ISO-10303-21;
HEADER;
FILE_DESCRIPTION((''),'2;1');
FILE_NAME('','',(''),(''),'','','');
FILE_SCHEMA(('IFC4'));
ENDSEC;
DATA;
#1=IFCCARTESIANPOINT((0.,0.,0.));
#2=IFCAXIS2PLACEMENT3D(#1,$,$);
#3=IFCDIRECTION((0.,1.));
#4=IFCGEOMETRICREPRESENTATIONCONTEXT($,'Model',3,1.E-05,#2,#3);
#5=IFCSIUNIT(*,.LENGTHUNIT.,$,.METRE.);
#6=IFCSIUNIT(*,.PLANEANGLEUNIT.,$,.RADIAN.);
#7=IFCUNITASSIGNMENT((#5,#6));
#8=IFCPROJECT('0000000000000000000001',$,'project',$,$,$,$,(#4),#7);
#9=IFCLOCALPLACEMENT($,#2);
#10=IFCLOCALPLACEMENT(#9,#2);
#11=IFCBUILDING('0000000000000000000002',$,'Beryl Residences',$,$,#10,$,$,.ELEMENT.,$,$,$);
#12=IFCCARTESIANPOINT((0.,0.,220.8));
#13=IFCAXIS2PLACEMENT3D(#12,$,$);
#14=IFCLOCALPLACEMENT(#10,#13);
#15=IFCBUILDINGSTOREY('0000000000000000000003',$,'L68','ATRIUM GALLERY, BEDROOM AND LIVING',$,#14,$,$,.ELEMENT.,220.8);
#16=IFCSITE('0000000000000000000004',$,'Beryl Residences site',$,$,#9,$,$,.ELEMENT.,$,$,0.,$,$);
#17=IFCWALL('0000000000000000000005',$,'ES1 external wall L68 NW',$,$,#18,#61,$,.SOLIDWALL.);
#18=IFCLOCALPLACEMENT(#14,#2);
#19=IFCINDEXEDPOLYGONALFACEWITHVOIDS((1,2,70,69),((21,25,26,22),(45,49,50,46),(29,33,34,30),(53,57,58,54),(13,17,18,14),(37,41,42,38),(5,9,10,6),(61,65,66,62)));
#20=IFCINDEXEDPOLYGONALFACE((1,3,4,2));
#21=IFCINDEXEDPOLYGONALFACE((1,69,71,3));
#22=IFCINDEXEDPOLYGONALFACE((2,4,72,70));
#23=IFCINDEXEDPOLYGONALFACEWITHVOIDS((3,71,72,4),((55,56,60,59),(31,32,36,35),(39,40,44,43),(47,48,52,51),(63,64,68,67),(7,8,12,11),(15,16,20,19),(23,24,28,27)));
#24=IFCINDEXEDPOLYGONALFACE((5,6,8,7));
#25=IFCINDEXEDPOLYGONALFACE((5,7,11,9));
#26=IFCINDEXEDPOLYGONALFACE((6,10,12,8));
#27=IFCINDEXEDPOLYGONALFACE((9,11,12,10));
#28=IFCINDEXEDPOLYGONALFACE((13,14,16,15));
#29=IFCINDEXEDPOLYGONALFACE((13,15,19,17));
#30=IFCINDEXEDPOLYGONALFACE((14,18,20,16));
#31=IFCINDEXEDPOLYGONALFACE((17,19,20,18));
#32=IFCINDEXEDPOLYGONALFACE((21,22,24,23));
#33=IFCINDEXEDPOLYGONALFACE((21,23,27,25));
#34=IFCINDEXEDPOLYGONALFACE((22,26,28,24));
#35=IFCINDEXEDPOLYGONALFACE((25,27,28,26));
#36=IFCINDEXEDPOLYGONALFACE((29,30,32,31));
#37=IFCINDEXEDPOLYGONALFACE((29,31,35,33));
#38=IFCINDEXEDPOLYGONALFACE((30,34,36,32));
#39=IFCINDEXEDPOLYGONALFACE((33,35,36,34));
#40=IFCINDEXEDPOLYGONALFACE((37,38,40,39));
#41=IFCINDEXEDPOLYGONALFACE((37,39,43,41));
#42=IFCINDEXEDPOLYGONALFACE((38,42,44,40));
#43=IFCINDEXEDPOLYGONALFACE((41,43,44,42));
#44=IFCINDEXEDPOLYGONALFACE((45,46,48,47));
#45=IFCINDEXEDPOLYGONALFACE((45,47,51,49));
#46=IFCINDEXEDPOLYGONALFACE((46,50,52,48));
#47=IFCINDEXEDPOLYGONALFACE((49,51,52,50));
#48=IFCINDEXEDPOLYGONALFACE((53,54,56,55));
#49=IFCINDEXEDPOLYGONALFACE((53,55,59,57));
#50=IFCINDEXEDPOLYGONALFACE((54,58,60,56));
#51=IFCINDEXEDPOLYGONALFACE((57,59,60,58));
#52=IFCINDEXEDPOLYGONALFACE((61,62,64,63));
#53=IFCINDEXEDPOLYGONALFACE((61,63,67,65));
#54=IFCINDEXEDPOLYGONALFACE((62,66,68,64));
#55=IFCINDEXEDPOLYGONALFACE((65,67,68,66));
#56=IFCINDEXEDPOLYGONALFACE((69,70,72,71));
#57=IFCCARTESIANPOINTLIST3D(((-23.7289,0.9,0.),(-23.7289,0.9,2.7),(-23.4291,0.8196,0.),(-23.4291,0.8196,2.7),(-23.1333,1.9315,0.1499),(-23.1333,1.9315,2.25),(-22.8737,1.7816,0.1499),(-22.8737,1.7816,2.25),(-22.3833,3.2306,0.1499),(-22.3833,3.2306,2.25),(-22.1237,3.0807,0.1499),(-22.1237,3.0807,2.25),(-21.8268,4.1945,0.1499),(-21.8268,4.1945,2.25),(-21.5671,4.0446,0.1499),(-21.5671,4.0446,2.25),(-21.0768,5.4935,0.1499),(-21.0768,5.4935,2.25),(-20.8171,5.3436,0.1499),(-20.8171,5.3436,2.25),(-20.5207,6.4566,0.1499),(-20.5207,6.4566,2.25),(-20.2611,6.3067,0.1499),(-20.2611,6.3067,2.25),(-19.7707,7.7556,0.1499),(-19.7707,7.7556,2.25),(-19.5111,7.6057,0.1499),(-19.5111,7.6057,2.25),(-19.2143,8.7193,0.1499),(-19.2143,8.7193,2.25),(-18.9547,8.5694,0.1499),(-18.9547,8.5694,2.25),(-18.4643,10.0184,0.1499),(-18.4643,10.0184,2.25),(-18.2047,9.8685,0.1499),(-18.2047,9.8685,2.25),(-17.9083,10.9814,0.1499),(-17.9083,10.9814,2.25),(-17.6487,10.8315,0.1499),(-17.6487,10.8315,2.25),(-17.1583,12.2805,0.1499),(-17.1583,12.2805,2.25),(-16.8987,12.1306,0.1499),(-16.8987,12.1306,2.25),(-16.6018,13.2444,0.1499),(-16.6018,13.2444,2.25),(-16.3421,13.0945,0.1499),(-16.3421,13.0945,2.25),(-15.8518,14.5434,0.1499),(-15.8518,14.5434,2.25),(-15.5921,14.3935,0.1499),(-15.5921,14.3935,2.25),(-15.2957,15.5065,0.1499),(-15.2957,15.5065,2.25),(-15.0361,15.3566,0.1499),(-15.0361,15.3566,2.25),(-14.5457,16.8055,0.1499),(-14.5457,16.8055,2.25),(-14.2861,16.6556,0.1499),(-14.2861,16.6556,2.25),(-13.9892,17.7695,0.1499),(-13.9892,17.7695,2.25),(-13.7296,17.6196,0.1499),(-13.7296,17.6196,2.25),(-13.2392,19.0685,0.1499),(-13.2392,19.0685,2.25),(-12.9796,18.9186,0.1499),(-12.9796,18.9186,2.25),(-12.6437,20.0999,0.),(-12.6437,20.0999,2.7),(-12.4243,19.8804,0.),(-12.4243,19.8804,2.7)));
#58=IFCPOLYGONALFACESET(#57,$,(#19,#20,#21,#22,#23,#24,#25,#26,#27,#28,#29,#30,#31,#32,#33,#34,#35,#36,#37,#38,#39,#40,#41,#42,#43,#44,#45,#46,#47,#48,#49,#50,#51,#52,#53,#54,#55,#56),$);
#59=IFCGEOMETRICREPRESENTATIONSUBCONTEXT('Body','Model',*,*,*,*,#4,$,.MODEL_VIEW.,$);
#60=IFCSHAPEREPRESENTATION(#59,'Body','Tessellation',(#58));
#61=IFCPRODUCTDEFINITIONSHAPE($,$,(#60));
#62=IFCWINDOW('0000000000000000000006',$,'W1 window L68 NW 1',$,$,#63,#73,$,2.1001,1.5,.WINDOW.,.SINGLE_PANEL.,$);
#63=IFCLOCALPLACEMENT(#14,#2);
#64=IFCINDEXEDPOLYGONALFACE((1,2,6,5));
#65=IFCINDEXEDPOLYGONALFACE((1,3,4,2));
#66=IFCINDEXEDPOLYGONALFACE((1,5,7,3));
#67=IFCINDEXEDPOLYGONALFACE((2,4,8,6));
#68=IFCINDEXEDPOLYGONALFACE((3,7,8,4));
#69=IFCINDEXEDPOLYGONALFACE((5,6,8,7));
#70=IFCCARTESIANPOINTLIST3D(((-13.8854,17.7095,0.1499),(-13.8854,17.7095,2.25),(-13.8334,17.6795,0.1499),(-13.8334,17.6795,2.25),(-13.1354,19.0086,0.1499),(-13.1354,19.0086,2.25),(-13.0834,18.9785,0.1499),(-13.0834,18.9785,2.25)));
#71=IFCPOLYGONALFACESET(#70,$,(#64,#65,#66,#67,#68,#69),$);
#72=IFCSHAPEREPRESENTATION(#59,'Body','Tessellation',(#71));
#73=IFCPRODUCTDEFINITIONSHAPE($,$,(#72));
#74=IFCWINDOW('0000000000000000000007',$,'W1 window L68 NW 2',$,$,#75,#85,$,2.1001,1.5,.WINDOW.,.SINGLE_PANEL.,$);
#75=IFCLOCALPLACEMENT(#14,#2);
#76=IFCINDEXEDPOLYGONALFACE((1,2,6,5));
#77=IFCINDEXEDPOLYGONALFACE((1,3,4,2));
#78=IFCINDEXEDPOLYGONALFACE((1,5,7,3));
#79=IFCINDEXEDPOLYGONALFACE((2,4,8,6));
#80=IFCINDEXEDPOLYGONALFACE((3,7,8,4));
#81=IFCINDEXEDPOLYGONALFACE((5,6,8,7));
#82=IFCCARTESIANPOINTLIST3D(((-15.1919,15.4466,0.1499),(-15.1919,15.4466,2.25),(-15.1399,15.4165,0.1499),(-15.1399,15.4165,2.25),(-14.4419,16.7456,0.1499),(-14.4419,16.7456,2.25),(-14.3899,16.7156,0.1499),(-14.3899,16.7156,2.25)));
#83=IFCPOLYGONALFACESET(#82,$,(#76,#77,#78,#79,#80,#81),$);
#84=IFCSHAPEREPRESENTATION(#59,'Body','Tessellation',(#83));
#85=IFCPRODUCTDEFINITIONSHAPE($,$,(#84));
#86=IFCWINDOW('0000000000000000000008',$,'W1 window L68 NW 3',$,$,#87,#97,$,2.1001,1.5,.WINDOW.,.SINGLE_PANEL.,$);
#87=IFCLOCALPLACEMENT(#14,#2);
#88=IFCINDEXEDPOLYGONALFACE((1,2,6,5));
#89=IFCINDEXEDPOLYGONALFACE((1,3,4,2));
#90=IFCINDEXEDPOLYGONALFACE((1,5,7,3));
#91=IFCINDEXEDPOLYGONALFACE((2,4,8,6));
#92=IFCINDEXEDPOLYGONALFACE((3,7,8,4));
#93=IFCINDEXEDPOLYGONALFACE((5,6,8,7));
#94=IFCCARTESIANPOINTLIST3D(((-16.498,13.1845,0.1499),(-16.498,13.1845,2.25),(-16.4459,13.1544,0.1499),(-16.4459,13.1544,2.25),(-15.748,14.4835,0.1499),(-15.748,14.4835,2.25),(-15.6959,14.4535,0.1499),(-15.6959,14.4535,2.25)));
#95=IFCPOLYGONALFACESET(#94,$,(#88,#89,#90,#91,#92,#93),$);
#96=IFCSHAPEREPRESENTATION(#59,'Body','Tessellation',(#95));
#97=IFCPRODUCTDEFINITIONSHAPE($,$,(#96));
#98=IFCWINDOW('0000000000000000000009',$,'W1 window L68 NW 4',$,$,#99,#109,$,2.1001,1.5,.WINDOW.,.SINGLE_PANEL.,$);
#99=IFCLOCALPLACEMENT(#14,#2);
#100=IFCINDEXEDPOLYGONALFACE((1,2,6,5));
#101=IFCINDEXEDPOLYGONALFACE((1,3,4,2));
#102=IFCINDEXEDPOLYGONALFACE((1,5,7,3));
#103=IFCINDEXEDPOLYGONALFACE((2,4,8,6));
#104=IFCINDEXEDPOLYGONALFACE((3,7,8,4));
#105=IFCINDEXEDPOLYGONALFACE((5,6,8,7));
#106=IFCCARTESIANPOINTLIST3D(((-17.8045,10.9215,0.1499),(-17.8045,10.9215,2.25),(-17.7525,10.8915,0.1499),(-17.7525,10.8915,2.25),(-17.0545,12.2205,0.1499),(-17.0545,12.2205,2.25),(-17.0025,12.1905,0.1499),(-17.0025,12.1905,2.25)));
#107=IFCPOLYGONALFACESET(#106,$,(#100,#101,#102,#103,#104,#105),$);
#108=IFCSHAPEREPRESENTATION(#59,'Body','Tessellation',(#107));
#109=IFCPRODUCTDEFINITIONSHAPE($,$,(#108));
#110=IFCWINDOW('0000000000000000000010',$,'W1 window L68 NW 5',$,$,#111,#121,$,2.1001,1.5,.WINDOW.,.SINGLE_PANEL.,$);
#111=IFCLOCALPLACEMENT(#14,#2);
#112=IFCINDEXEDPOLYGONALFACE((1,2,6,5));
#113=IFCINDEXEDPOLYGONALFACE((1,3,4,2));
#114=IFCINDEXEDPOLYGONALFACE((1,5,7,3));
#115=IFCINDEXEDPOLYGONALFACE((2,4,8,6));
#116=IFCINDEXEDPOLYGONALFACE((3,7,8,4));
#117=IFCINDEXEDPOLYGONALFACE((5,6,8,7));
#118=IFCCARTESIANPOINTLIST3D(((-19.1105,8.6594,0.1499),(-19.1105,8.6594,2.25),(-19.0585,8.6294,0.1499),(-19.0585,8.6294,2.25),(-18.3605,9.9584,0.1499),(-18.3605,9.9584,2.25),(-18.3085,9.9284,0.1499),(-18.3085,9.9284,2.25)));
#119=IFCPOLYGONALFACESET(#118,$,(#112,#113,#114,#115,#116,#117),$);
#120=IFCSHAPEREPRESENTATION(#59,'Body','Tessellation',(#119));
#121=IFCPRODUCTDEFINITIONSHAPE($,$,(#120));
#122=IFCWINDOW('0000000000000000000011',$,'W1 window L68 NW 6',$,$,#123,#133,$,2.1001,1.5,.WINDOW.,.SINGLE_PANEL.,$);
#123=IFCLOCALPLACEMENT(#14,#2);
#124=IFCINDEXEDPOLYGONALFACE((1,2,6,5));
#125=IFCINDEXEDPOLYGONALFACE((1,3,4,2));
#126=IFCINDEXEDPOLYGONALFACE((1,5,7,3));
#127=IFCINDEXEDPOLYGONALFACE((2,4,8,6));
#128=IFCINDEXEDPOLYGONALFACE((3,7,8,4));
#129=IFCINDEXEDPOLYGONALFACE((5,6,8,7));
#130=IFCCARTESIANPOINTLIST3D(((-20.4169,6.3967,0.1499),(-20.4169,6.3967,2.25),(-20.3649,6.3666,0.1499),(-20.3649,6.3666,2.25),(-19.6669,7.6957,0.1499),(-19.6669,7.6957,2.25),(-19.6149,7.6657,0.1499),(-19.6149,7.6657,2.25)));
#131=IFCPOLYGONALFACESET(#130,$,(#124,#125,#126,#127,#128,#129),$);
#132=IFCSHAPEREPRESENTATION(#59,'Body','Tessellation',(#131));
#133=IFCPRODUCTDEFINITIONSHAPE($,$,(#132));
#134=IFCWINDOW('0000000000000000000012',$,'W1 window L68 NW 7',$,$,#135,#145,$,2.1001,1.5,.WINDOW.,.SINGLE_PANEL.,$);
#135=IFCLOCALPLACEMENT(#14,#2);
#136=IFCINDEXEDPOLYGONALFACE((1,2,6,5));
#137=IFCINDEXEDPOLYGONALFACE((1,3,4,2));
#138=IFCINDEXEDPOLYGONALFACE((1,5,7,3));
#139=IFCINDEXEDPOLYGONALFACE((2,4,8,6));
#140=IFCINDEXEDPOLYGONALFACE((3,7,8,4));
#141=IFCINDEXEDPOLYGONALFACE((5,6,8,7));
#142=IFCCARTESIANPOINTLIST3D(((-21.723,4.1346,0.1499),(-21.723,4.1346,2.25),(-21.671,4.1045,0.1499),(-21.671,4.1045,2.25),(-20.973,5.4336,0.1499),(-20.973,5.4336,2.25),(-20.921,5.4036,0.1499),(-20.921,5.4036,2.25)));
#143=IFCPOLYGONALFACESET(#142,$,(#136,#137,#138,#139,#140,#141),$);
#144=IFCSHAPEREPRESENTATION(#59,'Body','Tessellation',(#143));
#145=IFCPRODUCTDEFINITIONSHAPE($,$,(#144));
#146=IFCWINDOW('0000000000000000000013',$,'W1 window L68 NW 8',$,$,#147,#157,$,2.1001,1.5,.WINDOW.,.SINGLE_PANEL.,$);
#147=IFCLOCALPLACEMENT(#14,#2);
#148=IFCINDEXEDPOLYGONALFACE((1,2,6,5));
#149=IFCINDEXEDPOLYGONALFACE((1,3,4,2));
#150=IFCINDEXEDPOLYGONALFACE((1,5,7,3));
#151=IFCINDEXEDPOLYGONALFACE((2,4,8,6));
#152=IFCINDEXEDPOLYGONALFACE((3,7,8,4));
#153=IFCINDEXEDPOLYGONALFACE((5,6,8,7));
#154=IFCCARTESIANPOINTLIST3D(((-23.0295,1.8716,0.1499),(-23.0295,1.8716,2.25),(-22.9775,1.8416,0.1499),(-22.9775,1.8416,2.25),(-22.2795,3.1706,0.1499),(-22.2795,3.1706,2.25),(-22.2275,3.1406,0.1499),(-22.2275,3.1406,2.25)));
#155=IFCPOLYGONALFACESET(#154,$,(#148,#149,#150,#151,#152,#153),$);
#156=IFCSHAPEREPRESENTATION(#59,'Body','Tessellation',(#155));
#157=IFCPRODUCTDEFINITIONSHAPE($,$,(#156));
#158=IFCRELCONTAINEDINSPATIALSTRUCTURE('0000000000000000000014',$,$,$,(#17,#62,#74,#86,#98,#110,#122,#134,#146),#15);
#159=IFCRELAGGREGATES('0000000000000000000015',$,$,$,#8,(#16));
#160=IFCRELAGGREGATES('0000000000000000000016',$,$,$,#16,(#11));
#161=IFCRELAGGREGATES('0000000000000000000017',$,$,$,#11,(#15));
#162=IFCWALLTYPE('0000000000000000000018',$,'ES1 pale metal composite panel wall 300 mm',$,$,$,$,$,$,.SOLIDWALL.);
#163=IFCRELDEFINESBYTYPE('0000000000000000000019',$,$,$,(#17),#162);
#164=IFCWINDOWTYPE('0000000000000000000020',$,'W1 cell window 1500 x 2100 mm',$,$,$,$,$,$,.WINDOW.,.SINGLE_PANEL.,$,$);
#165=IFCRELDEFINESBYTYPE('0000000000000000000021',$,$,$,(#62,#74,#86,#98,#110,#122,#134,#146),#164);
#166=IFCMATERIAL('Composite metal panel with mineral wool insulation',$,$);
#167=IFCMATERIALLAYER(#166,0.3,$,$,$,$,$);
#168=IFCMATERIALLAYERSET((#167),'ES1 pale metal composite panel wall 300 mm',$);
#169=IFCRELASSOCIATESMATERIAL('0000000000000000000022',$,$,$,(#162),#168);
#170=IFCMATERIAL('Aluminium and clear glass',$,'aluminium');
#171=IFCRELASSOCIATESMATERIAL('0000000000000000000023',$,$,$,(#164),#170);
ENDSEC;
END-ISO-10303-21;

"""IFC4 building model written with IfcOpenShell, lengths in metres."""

from ifc_helpers import new_model, si_unit, direction, frame, frame_2d, origin, place, context, subcontext, project, spatial, polyline, rectangle, outline, extrude, material, layer, layer_set, type_object, element, fill, save


model = new_model("IFC4")

# Units and contexts
model_context = context("Model", 3, precision=1e-05, world=origin(), true_north=direction((0.0, 1.0)))
body_context = subcontext(model_context, "Body", "Model", "MODEL_VIEW")
ifc_project = project(units=[si_unit("LENGTHUNIT", "METRE"), si_unit("PLANEANGLEUNIT", "RADIAN")], contexts=[model_context])

# Site, building, storey
site_placement = place(None, origin())
site = spatial("IfcSite", under=ifc_project, at=site_placement, Name="Beryl Residences site", CompositionType="ELEMENT", RefElevation=0.0)
building_placement = place(site_placement, origin())
building = spatial("IfcBuilding", under=site, at=building_placement, Name="Beryl Residences", CompositionType="ELEMENT")
storey_placement = place(building_placement, frame((0.0, 0.0, 220.8)))
storey = spatial("IfcBuildingStorey", under=building, at=storey_placement, Name="L68", Description="ATRIUM GALLERY, BEDROOM AND LIVING", CompositionType="ELEMENT", Elevation=220.8)

# Wall, openings, windows
ifc_material_1 = material(Name="Composite metal panel with mineral wool insulation")
ifc_layer_1 = layer(ifc_material_1, 0.3)
ifc_layer_set_1 = layer_set([ifc_layer_1], Name="ES1 pale metal composite panel wall 300 mm")
wall_type_1 = type_object("IfcWallType", Name="ES1 pale metal composite panel wall 300 mm", PredefinedType="SOLIDWALL", material=ifc_layer_set_1)
wall_1_placement = place(storey_placement, frame((-12.5139, 20.0249, 0.0), z_axis=(0.0, 0.0, 1.0), x_axis=(-0.500004, -0.866023, 0.0)))
wall_1 = element("IfcWall", 1, at=wall_1_placement, inside=storey, type_object=wall_type_1, Name="ES1 external wall L68 NW", PredefinedType="SOLIDWALL", context=body_context, shape_type="SweptSolid", body=[
    extrude(outline(polyline([(0.0, -0.1499), (22.1702, -0.1499), (22.0898, 0.1499), (0.0803, 0.1499), (0.0, -0.1499)])), origin(), (0.0, 0.0, 1.0), 2.7),
])
opening_1_placement = place(wall_1_placement, frame((1.1909, 0.0, 0.1499)))
opening_1 = element("IfcOpeningElement", 2, at=opening_1_placement, cuts=wall_1, PredefinedType="OPENING", context=body_context, shape_type="SweptSolid", body=[
    extrude(rectangle(XDim=1.5, YDim=2.1001, at=frame_2d((0.75, 1.05))), frame((0.0, 0.1599, 0.0), z_axis=(0.0, -1.0, 0.0), x_axis=(1.0, 0.0, 0.0)), (0.0, 0.0, 1.0), 0.3201),
])
opening_2_placement = place(wall_1_placement, frame((3.804, 0.0, 0.1499)))
opening_2 = element("IfcOpeningElement", 3, at=opening_2_placement, cuts=wall_1, PredefinedType="OPENING", context=body_context, shape_type="SweptSolid", body=[
    extrude(rectangle(XDim=1.5, YDim=2.1001, at=frame_2d((0.75, 1.05))), frame((0.0, 0.1599, 0.0), z_axis=(0.0, -1.0, 0.0), x_axis=(1.0, 0.0, 0.0)), (0.0, 0.0, 1.0), 0.3201),
])
opening_3_placement = place(wall_1_placement, frame((6.416, 0.0, 0.1499)))
opening_3 = element("IfcOpeningElement", 4, at=opening_3_placement, cuts=wall_1, PredefinedType="OPENING", context=body_context, shape_type="SweptSolid", body=[
    extrude(rectangle(XDim=1.5, YDim=2.1001, at=frame_2d((0.75, 1.05))), frame((0.0, 0.1599, 0.0), z_axis=(0.0, -1.0, 0.0), x_axis=(1.0, 0.0, 0.0)), (0.0, 0.0, 1.0), 0.3201),
])
opening_4_placement = place(wall_1_placement, frame((9.0291, 0.0, 0.1499)))
opening_4 = element("IfcOpeningElement", 5, at=opening_4_placement, cuts=wall_1, PredefinedType="OPENING", context=body_context, shape_type="SweptSolid", body=[
    extrude(rectangle(XDim=1.5, YDim=2.1001, at=frame_2d((0.75, 1.05))), frame((0.0, 0.1599, 0.0), z_axis=(0.0, -1.0, 0.0), x_axis=(1.0, 0.0, 0.0)), (0.0, 0.0, 1.0), 0.3201),
])
opening_5_placement = place(wall_1_placement, frame((11.6411, 0.0, 0.1499)))
opening_5 = element("IfcOpeningElement", 6, at=opening_5_placement, cuts=wall_1, PredefinedType="OPENING", context=body_context, shape_type="SweptSolid", body=[
    extrude(rectangle(XDim=1.5, YDim=2.1001, at=frame_2d((0.75, 1.05))), frame((0.0, 0.1599, 0.0), z_axis=(0.0, -1.0, 0.0), x_axis=(1.0, 0.0, 0.0)), (0.0, 0.0, 1.0), 0.3201),
])
opening_6_placement = place(wall_1_placement, frame((14.2539, 0.0, 0.1499)))
opening_6 = element("IfcOpeningElement", 7, at=opening_6_placement, cuts=wall_1, PredefinedType="OPENING", context=body_context, shape_type="SweptSolid", body=[
    extrude(rectangle(XDim=1.5, YDim=2.1001, at=frame_2d((0.75, 1.05))), frame((0.0, 0.1599, 0.0), z_axis=(0.0, -1.0, 0.0), x_axis=(1.0, 0.0, 0.0)), (0.0, 0.0, 1.0), 0.3201),
])
opening_7_placement = place(wall_1_placement, frame((16.866, 0.0, 0.1499)))
opening_7 = element("IfcOpeningElement", 8, at=opening_7_placement, cuts=wall_1, PredefinedType="OPENING", context=body_context, shape_type="SweptSolid", body=[
    extrude(rectangle(XDim=1.5, YDim=2.1001, at=frame_2d((0.75, 1.05))), frame((0.0, 0.1599, 0.0), z_axis=(0.0, -1.0, 0.0), x_axis=(1.0, 0.0, 0.0)), (0.0, 0.0, 1.0), 0.3201),
])
opening_8_placement = place(wall_1_placement, frame((19.479, 0.0, 0.1499)))
opening_8 = element("IfcOpeningElement", 9, at=opening_8_placement, cuts=wall_1, PredefinedType="OPENING", context=body_context, shape_type="SweptSolid", body=[
    extrude(rectangle(XDim=1.5, YDim=2.1001, at=frame_2d((0.75, 1.05))), frame((0.0, 0.1599, 0.0), z_axis=(0.0, -1.0, 0.0), x_axis=(1.0, 0.0, 0.0)), (0.0, 0.0, 1.0), 0.3201),
])
ifc_material_2 = material(Name="Aluminium and clear glass", Category="aluminium")
window_type = type_object("IfcWindowType", Name="W1 cell window 1500 x 2100 mm", PartitioningType="SINGLE_PANEL", PredefinedType="WINDOW", material=ifc_material_2)
window_1_placement = place(opening_1_placement, origin())
window_1 = element("IfcWindow", 10, at=window_1_placement, inside=storey, type_object=window_type, Name="W1 window L68 NW 1", OverallHeight=2.1001, OverallWidth=1.5, PartitioningType="SINGLE_PANEL", PredefinedType="WINDOW", context=body_context, shape_type="SweptSolid", body=[
    extrude(rectangle(XDim=1.5, YDim=2.1001, at=frame_2d((0.75, 1.05))), frame((0.0, 0.03, 0.0), z_axis=(0.0, -1.0, 0.0), x_axis=(1.0, 0.0, 0.0)), (0.0, 0.0, 1.0), 0.0601),
])
fill(opening_1, window_1)
window_2_placement = place(opening_2_placement, origin())
window_2 = element("IfcWindow", 11, at=window_2_placement, inside=storey, type_object=window_type, Name="W1 window L68 NW 2", OverallHeight=2.1001, OverallWidth=1.5, PartitioningType="SINGLE_PANEL", PredefinedType="WINDOW", context=body_context, shape_type="SweptSolid", body=[
    extrude(rectangle(XDim=1.5, YDim=2.1001, at=frame_2d((0.75, 1.05))), frame((0.0, 0.03, 0.0), z_axis=(0.0, -1.0, 0.0), x_axis=(1.0, 0.0, 0.0)), (0.0, 0.0, 1.0), 0.0601),
])
fill(opening_2, window_2)
window_3_placement = place(opening_3_placement, origin())
window_3 = element("IfcWindow", 12, at=window_3_placement, inside=storey, type_object=window_type, Name="W1 window L68 NW 3", OverallHeight=2.1001, OverallWidth=1.5, PartitioningType="SINGLE_PANEL", PredefinedType="WINDOW", context=body_context, shape_type="SweptSolid", body=[
    extrude(rectangle(XDim=1.5, YDim=2.1001, at=frame_2d((0.75, 1.05))), frame((0.0, 0.03, 0.0), z_axis=(0.0, -1.0, 0.0), x_axis=(1.0, 0.0, 0.0)), (0.0, 0.0, 1.0), 0.0601),
])
fill(opening_3, window_3)
window_4_placement = place(opening_4_placement, origin())
window_4 = element("IfcWindow", 13, at=window_4_placement, inside=storey, type_object=window_type, Name="W1 window L68 NW 4", OverallHeight=2.1001, OverallWidth=1.5, PartitioningType="SINGLE_PANEL", PredefinedType="WINDOW", context=body_context, shape_type="SweptSolid", body=[
    extrude(rectangle(XDim=1.5, YDim=2.1001, at=frame_2d((0.75, 1.05))), frame((0.0, 0.03, 0.0), z_axis=(0.0, -1.0, 0.0), x_axis=(1.0, 0.0, 0.0)), (0.0, 0.0, 1.0), 0.0601),
])
fill(opening_4, window_4)
window_5_placement = place(opening_5_placement, origin())
window_5 = element("IfcWindow", 14, at=window_5_placement, inside=storey, type_object=window_type, Name="W1 window L68 NW 5", OverallHeight=2.1001, OverallWidth=1.5, PartitioningType="SINGLE_PANEL", PredefinedType="WINDOW", context=body_context, shape_type="SweptSolid", body=[
    extrude(rectangle(XDim=1.5, YDim=2.1001, at=frame_2d((0.75, 1.05))), frame((0.0, 0.03, 0.0), z_axis=(0.0, -1.0, 0.0), x_axis=(1.0, 0.0, 0.0)), (0.0, 0.0, 1.0), 0.0601),
])
fill(opening_5, window_5)
window_6_placement = place(opening_6_placement, origin())
window_6 = element("IfcWindow", 15, at=window_6_placement, inside=storey, type_object=window_type, Name="W1 window L68 NW 6", OverallHeight=2.1001, OverallWidth=1.5, PartitioningType="SINGLE_PANEL", PredefinedType="WINDOW", context=body_context, shape_type="SweptSolid", body=[
    extrude(rectangle(XDim=1.5, YDim=2.1001, at=frame_2d((0.75, 1.05))), frame((0.0, 0.03, 0.0), z_axis=(0.0, -1.0, 0.0), x_axis=(1.0, 0.0, 0.0)), (0.0, 0.0, 1.0), 0.0601),
])
fill(opening_6, window_6)
window_7_placement = place(opening_7_placement, origin())
window_7 = element("IfcWindow", 16, at=window_7_placement, inside=storey, type_object=window_type, Name="W1 window L68 NW 7", OverallHeight=2.1001, OverallWidth=1.5, PartitioningType="SINGLE_PANEL", PredefinedType="WINDOW", context=body_context, shape_type="SweptSolid", body=[
    extrude(rectangle(XDim=1.5, YDim=2.1001, at=frame_2d((0.75, 1.05))), frame((0.0, 0.03, 0.0), z_axis=(0.0, -1.0, 0.0), x_axis=(1.0, 0.0, 0.0)), (0.0, 0.0, 1.0), 0.0601),
])
fill(opening_7, window_7)
window_8_placement = place(opening_8_placement, origin())
window_8 = element("IfcWindow", 17, at=window_8_placement, inside=storey, type_object=window_type, Name="W1 window L68 NW 8", OverallHeight=2.1001, OverallWidth=1.5, PartitioningType="SINGLE_PANEL", PredefinedType="WINDOW", context=body_context, shape_type="SweptSolid", body=[
    extrude(rectangle(XDim=1.5, YDim=2.1001, at=frame_2d((0.75, 1.05))), frame((0.0, 0.03, 0.0), z_axis=(0.0, -1.0, 0.0), x_axis=(1.0, 0.0, 0.0)), (0.0, 0.0, 1.0), 0.0601),
])
fill(opening_8, window_8)

save(model, "model.ifc")
